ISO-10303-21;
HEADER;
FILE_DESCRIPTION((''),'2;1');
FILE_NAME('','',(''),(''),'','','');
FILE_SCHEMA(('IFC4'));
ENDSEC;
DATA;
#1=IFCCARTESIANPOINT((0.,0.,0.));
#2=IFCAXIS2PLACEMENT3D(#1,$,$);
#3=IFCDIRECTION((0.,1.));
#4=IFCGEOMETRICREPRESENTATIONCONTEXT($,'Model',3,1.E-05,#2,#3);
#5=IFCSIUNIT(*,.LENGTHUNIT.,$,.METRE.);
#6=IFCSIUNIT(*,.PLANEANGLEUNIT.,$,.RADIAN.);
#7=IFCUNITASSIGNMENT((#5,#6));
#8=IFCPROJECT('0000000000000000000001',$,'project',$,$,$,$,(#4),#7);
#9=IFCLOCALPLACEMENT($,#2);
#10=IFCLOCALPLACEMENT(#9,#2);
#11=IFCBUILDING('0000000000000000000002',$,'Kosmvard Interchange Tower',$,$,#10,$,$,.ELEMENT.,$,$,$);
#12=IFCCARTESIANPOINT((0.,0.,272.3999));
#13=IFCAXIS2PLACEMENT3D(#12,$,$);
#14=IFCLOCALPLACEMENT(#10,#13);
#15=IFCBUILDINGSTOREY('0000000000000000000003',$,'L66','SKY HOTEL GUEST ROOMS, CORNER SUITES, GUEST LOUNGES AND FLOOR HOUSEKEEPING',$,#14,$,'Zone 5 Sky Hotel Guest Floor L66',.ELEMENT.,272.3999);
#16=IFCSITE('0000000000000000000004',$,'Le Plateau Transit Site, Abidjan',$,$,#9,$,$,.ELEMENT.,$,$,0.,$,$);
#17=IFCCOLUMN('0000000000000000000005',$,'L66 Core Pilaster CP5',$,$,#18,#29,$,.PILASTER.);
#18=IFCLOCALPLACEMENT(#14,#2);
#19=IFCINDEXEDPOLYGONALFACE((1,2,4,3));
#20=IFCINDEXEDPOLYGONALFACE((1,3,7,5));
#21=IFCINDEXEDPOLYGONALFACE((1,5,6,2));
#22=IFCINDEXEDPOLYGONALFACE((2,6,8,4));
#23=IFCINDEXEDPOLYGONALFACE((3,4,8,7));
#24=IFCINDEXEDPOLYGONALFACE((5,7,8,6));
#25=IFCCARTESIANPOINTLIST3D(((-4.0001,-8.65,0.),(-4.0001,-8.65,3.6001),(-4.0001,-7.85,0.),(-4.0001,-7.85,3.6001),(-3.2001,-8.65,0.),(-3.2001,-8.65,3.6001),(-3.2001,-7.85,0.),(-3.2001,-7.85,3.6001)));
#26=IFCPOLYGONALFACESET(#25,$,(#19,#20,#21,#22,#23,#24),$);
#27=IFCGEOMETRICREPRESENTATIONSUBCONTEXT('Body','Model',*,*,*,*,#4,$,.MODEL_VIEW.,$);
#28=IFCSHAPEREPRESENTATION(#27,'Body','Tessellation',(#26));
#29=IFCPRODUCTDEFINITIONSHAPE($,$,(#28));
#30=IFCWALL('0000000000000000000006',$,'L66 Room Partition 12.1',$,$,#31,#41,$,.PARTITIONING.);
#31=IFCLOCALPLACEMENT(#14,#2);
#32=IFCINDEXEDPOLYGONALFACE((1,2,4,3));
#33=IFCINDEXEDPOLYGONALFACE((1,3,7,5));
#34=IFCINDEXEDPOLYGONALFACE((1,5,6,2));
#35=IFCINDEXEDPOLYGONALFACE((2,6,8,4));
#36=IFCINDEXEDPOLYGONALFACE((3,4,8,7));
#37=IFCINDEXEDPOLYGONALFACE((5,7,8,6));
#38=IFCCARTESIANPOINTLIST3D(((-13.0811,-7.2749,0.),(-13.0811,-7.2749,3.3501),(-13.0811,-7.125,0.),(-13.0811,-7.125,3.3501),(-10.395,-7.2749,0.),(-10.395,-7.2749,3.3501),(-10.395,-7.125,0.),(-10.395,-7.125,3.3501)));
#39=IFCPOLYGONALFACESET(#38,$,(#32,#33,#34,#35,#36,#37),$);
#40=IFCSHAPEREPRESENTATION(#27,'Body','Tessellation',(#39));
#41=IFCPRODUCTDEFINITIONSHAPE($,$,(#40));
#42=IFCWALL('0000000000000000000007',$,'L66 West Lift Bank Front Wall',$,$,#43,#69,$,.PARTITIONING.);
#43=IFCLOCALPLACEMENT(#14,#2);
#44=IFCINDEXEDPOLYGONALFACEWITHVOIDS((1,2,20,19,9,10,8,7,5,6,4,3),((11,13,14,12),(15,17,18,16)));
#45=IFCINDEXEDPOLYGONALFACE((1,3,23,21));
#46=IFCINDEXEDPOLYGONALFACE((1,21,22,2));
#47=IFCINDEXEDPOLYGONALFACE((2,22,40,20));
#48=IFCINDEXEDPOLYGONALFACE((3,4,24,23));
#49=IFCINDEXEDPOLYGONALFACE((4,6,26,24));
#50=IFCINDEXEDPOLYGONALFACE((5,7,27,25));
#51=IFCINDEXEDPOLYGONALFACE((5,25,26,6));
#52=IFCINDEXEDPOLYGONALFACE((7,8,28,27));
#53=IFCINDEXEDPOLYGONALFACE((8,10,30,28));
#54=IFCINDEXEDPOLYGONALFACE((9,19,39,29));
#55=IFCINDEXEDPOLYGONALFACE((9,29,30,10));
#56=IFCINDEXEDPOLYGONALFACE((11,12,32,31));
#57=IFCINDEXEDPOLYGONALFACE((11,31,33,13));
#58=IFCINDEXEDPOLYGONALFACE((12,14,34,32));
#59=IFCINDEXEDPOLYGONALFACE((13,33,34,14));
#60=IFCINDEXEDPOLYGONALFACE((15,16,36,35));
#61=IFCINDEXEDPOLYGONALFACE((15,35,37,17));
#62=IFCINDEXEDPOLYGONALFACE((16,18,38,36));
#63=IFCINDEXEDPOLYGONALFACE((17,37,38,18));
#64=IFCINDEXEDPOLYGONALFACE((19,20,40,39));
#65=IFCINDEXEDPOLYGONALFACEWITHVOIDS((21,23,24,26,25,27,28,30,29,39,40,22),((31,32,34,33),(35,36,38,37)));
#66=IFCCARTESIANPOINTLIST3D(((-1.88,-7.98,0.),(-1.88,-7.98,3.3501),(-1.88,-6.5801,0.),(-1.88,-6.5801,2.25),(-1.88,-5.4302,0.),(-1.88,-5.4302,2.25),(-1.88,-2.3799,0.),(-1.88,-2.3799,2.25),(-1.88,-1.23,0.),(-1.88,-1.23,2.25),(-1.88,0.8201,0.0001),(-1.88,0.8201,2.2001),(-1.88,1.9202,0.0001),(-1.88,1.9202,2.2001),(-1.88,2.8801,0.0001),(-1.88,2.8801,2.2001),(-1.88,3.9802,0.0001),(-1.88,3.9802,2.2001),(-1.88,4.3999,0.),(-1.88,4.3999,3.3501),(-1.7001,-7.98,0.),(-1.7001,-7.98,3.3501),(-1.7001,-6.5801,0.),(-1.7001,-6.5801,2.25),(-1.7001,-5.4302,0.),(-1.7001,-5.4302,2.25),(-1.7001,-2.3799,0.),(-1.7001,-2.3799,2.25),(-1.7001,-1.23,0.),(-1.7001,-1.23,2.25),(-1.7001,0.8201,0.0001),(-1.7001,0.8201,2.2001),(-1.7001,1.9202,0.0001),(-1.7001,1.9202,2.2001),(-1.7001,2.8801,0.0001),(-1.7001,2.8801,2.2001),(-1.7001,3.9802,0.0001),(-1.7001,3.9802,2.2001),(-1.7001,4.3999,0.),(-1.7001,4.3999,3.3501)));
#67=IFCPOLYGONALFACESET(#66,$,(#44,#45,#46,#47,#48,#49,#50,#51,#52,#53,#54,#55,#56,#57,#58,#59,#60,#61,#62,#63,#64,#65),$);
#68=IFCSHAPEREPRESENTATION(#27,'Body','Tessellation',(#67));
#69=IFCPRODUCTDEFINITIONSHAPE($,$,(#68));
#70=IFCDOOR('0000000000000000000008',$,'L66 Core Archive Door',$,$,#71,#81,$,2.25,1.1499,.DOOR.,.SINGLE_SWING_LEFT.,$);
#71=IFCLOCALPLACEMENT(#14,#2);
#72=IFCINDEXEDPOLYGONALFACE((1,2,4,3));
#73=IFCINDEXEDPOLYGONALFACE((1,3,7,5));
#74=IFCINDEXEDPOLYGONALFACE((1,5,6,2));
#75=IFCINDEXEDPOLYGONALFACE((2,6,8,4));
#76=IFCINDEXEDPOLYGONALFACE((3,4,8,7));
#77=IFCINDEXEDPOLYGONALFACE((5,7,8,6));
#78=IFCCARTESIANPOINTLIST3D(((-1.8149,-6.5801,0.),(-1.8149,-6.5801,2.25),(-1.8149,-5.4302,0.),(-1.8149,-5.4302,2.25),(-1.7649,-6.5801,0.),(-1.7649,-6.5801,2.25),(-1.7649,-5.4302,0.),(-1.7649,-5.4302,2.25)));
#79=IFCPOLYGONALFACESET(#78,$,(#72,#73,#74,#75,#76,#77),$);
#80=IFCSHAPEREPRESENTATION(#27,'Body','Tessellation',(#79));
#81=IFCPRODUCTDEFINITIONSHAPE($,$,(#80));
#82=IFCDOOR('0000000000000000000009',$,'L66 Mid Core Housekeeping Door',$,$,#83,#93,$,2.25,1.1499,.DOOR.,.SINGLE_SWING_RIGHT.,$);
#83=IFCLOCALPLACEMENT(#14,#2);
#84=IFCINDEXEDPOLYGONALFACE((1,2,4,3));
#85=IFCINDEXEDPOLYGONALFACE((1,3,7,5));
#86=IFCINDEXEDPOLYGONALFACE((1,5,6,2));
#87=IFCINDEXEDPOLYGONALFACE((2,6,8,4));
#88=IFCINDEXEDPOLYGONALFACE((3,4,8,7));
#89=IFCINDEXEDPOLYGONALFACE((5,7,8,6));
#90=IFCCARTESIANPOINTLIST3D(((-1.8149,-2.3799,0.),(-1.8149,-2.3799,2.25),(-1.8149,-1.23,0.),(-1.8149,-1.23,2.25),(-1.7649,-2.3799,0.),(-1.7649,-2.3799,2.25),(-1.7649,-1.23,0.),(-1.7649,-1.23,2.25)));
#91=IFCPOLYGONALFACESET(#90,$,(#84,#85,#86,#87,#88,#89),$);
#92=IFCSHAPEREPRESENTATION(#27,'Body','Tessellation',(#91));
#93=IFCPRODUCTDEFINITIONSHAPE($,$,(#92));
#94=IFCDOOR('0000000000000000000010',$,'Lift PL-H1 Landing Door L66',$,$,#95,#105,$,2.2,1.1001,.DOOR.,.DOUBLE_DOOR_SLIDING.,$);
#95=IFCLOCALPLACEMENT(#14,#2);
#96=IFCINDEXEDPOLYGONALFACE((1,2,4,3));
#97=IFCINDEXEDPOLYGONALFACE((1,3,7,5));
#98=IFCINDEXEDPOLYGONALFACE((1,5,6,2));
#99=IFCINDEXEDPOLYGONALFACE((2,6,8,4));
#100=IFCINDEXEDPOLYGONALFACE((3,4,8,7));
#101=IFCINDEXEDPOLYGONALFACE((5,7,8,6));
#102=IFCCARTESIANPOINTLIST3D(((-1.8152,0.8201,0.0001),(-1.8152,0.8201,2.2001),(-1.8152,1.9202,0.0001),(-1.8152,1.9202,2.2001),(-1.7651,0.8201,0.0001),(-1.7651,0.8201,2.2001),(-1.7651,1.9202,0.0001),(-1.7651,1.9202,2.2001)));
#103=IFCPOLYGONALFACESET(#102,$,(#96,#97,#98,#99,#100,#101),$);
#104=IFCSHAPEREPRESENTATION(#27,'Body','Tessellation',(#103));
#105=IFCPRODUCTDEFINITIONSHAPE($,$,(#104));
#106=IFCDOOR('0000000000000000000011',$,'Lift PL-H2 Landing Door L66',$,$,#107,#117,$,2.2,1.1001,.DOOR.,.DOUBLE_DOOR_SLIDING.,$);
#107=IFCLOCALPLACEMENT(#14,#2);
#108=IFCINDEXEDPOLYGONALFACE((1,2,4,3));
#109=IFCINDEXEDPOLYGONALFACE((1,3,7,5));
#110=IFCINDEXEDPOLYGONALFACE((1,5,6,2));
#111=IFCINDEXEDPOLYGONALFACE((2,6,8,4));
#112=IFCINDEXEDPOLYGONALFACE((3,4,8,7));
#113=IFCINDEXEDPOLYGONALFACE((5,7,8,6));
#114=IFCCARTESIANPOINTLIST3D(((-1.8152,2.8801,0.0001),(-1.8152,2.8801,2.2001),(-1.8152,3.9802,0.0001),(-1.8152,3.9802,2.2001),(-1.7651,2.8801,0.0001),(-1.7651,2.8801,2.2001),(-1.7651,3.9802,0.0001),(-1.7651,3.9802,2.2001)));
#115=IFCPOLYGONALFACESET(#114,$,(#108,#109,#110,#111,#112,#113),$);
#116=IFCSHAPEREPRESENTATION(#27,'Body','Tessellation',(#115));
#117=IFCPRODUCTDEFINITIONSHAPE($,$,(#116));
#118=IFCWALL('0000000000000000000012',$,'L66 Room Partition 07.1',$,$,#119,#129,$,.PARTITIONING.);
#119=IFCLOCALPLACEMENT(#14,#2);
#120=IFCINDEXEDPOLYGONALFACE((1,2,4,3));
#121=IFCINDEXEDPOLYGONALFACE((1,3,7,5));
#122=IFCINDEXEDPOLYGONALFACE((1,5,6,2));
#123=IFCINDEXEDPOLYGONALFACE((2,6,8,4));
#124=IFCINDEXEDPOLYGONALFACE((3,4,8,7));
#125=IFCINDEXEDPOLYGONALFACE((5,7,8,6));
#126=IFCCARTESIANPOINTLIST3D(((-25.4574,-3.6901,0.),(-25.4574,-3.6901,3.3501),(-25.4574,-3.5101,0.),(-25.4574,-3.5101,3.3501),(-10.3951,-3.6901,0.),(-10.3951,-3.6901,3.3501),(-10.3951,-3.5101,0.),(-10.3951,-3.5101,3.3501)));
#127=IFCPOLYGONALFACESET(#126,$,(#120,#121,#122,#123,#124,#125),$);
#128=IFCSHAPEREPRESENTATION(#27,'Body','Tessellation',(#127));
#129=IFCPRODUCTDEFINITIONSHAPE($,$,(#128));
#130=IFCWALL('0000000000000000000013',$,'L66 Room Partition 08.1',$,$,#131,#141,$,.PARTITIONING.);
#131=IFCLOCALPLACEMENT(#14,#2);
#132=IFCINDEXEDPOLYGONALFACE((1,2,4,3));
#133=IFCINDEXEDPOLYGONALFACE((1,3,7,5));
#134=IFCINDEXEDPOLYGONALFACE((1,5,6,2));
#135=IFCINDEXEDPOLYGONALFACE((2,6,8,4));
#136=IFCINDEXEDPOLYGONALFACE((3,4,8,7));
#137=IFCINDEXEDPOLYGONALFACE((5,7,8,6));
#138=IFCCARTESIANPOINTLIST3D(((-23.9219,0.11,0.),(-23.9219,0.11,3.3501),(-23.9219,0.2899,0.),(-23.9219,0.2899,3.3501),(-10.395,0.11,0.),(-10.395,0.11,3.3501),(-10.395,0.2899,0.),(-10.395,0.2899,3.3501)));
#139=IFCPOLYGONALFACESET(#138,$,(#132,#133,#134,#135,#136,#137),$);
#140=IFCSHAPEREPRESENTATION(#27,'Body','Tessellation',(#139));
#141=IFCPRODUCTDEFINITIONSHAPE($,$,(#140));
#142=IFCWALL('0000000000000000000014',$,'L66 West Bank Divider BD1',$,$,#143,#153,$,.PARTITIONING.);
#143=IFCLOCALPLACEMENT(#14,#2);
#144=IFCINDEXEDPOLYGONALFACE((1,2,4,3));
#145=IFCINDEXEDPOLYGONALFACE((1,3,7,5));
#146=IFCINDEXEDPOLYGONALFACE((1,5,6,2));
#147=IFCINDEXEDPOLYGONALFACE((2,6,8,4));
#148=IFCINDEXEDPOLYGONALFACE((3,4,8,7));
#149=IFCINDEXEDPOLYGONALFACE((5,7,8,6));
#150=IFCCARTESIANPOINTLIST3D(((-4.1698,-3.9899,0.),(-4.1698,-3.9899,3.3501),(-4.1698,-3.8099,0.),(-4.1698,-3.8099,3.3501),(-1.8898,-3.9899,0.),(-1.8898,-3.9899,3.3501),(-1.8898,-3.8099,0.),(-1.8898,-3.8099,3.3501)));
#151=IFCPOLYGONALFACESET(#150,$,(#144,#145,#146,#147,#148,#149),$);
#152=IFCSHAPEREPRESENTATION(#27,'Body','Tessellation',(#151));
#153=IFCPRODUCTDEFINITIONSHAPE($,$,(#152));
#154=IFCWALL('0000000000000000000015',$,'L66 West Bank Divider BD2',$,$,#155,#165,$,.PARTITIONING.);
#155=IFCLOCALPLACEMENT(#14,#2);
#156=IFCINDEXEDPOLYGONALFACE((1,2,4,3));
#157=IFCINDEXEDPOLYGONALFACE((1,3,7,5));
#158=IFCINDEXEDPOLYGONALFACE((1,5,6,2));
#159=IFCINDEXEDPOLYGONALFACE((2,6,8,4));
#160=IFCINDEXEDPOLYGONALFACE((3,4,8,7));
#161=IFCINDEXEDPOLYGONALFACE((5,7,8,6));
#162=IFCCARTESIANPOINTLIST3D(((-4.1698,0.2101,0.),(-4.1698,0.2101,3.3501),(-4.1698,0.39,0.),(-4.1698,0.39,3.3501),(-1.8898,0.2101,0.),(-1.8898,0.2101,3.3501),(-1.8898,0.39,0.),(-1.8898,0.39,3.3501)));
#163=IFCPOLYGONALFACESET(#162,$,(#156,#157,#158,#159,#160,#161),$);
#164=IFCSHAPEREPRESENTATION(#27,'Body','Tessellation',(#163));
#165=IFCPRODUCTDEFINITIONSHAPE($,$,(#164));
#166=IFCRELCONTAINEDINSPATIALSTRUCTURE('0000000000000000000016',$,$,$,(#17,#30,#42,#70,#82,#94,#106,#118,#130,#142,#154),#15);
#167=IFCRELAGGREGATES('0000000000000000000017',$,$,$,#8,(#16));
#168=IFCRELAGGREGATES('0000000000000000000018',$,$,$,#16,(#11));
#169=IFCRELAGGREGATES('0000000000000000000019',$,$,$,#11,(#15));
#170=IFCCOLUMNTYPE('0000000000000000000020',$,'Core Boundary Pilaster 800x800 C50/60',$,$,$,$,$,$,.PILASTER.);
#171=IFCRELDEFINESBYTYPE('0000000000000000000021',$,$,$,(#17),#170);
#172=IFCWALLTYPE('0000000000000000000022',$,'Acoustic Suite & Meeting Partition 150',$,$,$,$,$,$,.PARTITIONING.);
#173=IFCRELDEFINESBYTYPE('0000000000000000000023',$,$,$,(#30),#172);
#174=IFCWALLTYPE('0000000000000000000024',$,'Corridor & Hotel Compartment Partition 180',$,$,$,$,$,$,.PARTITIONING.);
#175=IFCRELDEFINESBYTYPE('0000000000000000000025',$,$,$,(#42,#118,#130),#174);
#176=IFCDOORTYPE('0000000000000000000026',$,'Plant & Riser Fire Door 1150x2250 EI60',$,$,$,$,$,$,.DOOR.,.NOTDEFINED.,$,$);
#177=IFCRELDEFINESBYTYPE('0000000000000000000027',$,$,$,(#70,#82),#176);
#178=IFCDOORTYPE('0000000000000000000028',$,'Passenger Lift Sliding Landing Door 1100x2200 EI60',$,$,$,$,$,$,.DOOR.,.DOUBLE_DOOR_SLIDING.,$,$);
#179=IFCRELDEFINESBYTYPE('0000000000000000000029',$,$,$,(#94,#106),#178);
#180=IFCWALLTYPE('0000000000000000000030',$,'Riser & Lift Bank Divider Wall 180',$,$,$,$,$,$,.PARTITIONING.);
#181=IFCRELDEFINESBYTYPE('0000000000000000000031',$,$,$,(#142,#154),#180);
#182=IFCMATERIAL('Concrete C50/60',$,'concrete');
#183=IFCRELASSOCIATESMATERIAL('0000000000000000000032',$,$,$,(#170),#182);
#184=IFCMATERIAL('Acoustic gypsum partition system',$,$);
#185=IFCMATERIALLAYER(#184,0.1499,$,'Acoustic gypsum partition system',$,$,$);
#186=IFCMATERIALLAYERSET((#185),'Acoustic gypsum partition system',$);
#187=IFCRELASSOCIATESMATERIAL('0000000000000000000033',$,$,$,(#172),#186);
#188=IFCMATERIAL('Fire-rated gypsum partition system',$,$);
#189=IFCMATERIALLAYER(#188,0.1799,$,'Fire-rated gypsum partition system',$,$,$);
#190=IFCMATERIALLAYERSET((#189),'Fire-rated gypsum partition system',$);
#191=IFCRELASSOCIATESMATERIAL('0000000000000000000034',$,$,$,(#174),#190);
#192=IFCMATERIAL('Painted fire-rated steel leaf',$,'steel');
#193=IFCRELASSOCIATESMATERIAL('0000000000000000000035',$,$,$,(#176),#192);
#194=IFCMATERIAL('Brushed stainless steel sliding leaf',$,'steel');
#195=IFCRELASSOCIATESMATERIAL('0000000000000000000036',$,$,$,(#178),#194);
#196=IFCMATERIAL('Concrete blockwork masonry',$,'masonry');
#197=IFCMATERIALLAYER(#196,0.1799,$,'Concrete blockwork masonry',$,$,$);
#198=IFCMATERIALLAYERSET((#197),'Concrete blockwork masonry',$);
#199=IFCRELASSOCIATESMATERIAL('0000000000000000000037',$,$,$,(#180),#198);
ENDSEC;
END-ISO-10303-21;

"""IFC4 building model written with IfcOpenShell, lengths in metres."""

from ifc_helpers import new_model, si_unit, direction, frame, frame_2d, origin, origin_2d, place, context, subcontext, project, spatial, rectangle, extrude, source, transform, mapped, material, layer, layer_set, material_profile, profile_set, type_object, element, fill, save


model = new_model("IFC4")

# Units and contexts
model_context = context("Model", 3, precision=1e-05, world=origin(), true_north=direction((0.0, 1.0)))
body_context = subcontext(model_context, "Body", "Model", "MODEL_VIEW")
ifc_project = project(units=[si_unit("LENGTHUNIT", "METRE"), si_unit("PLANEANGLEUNIT", "RADIAN")], contexts=[model_context])

# Site, building, storey
site_placement = place(None, origin())
site = spatial("IfcSite", under=ifc_project, at=site_placement, Name="Le Plateau Transit Site, Abidjan", CompositionType="ELEMENT", RefElevation=0.0)
building_placement = place(site_placement, origin())
building = spatial("IfcBuilding", under=site, at=building_placement, Name="Kosmvard Interchange Tower", CompositionType="ELEMENT")
storey_placement = place(building_placement, frame((0.0, 0.0, 272.3999)))
storey = spatial("IfcBuildingStorey", under=building, at=storey_placement, Name="L66", Description="SKY HOTEL GUEST ROOMS, CORNER SUITES, GUEST LOUNGES AND FLOOR HOUSEKEEPING", LongName="Zone 5 Sky Hotel Guest Floor L66", CompositionType="ELEMENT", Elevation=272.3999)

# Column
ifc_material_1 = material(Name="Concrete C50/60", Category="concrete")
ifc_material_profile = material_profile(ifc_material_1, rectangle(XDim=0.8, YDim=0.8, at=origin_2d()), Name="CP 800x800")
ifc_profile_set = profile_set([ifc_material_profile], Name="Concrete C50/60")
column_type = type_object("IfcColumnType", Name="Core Boundary Pilaster 800x800 C50/60", PredefinedType="PILASTER", material=ifc_profile_set)
shared_shape_1 = source(origin(), body_context, "Body", "SweptSolid", [
    extrude(rectangle(XDim=0.8, YDim=0.8, at=origin_2d()), origin(), (0.0, 0.0, 1.0), 3.6001),
])
column_placement = place(storey_placement, frame((-3.6001, -8.25, 0.0), z_axis=(0.0, 0.0, 1.0), x_axis=(1.0, 0.0, 0.0)))
element("IfcColumn", 1, at=column_placement, inside=storey, type_object=column_type, Name="L66 Core Pilaster CP5", PredefinedType="PILASTER", context=body_context, shape_type="MappedRepresentation", body=[
    mapped(shared_shape_1, transform((0.0, 0.0, 0.0), scale=1.0)),
])

# Wall
ifc_material_2 = material(Name="Acoustic gypsum partition system")
ifc_layer_1 = layer(ifc_material_2, 0.1499, Name="Acoustic gypsum partition system")
ifc_layer_set_1 = layer_set([ifc_layer_1], Name="Acoustic gypsum partition system")
wall_type_1 = type_object("IfcWallType", Name="Acoustic Suite & Meeting Partition 150", PredefinedType="PARTITIONING", material=ifc_layer_set_1)
wall_1_placement = place(storey_placement, frame((-10.395, -7.2, 0.0), z_axis=(0.0, 0.0, 1.0), x_axis=(-1.0, 0.0, 0.0)))
element("IfcWall", 2, at=wall_1_placement, inside=storey, type_object=wall_type_1, Name="L66 Room Partition 12.1", PredefinedType="PARTITIONING", context=body_context, shape_type="SweptSolid", body=[
    extrude(rectangle(XDim=2.686, YDim=0.1499, at=frame_2d((1.343, 0.0))), origin(), (0.0, 0.0, 1.0), 3.3501),
])

# Wall, openings, doors
ifc_material_3 = material(Name="Fire-rated gypsum partition system")
ifc_layer_2 = layer(ifc_material_3, 0.1799, Name="Fire-rated gypsum partition system")
ifc_layer_set_2 = layer_set([ifc_layer_2], Name="Fire-rated gypsum partition system")
wall_type_2 = type_object("IfcWallType", Name="Corridor & Hotel Compartment Partition 180", PredefinedType="PARTITIONING", material=ifc_layer_set_2)
wall_2_placement = place(storey_placement, frame((-1.79, -7.98, 0.0), z_axis=(0.0, 0.0, 1.0), x_axis=(0.0, 1.0, 0.0)))
wall_2 = element("IfcWall", 3, at=wall_2_placement, inside=storey, type_object=wall_type_2, Name="L66 West Lift Bank Front Wall", PredefinedType="PARTITIONING", context=body_context, shape_type="SweptSolid", body=[
    extrude(rectangle(XDim=12.3799, YDim=0.1799, at=frame_2d((6.1899, 0.0))), origin(), (0.0, 0.0, 1.0), 3.3501),
])
opening_1_placement = place(wall_2_placement, frame((8.8, 0.0, 0.0)))
opening_1 = element("IfcOpeningElement", 4, at=opening_1_placement, cuts=wall_2, PredefinedType="OPENING", context=body_context, shape_type="SweptSolid", body=[
    extrude(rectangle(XDim=1.1001, YDim=2.2, at=frame_2d((0.55, 1.1001))), frame((0.0, 0.1001, 0.0), z_axis=(0.0, -1.0, 0.0), x_axis=(1.0, 0.0, 0.0)), (0.0, 0.0, 1.0), 0.2),
])
opening_2_placement = place(wall_2_placement, frame((10.8601, 0.0, 0.0)))
opening_2 = element("IfcOpeningElement", 5, at=opening_2_placement, cuts=wall_2, PredefinedType="OPENING", context=body_context, shape_type="SweptSolid", body=[
    extrude(rectangle(XDim=1.1001, YDim=2.2, at=frame_2d((0.55, 1.1001))), frame((0.0, 0.1001, 0.0), z_axis=(0.0, -1.0, 0.0), x_axis=(1.0, 0.0, 0.0)), (0.0, 0.0, 1.0), 0.2),
])
opening_3_placement = place(wall_2_placement, frame((1.3999, 0.0, 0.0)))
opening_3 = element("IfcOpeningElement", 6, at=opening_3_placement, cuts=wall_2, PredefinedType="OPENING", context=body_context, shape_type="SweptSolid", body=[
    extrude(rectangle(XDim=1.1499, YDim=2.25, at=frame_2d((0.575, 1.125))), frame((0.0, 0.1001, 0.0), z_axis=(0.0, -1.0, 0.0), x_axis=(1.0, 0.0, 0.0)), (0.0, 0.0, 1.0), 0.2),
])
opening_4_placement = place(wall_2_placement, frame((5.6001, 0.0, 0.0)))
opening_4 = element("IfcOpeningElement", 7, at=opening_4_placement, cuts=wall_2, PredefinedType="OPENING", context=body_context, shape_type="SweptSolid", body=[
    extrude(rectangle(XDim=1.1499, YDim=2.25, at=frame_2d((0.575, 1.125))), frame((0.0, 0.1001, 0.0), z_axis=(0.0, -1.0, 0.0), x_axis=(1.0, 0.0, 0.0)), (0.0, 0.0, 1.0), 0.2),
])
ifc_material_4 = material(Name="Painted fire-rated steel leaf", Category="steel")
door_type_1 = type_object("IfcDoorType", Name="Plant & Riser Fire Door 1150x2250 EI60", OperationType="NOTDEFINED", PredefinedType="DOOR", material=ifc_material_4)
shared_shape_2 = source(origin(), body_context, "Body", "SweptSolid", [
    extrude(rectangle(XDim=1.1499, YDim=2.25, at=frame_2d((0.575, 1.125))), frame((0.0, 0.0249, 0.0), z_axis=(0.0, -1.0, 0.0), x_axis=(1.0, 0.0, 0.0)), (0.0, 0.0, 1.0), 0.05),
])
door_1_placement = place(opening_3_placement, origin())
door_1 = element("IfcDoor", 8, at=door_1_placement, inside=storey, type_object=door_type_1, Name="L66 Core Archive Door", OperationType="SINGLE_SWING_LEFT", OverallHeight=2.25, OverallWidth=1.1499, PredefinedType="DOOR", context=body_context, shape_type="MappedRepresentation", body=[
    mapped(shared_shape_2, transform((0.0, 0.0, 0.0), scale=1.0)),
])
fill(opening_3, door_1)
door_2_placement = place(opening_4_placement, origin())
door_2 = element("IfcDoor", 9, at=door_2_placement, inside=storey, type_object=door_type_1, Name="L66 Mid Core Housekeeping Door", OperationType="SINGLE_SWING_RIGHT", OverallHeight=2.25, OverallWidth=1.1499, PredefinedType="DOOR", context=body_context, shape_type="MappedRepresentation", body=[
    mapped(shared_shape_2, transform((0.0, 0.0, 0.0), scale=1.0)),
])
fill(opening_4, door_2)
ifc_material_5 = material(Name="Brushed stainless steel sliding leaf", Category="steel")
door_type_2 = type_object("IfcDoorType", Name="Passenger Lift Sliding Landing Door 1100x2200 EI60", OperationType="DOUBLE_DOOR_SLIDING", PredefinedType="DOOR", material=ifc_material_5)
shared_shape_3 = source(origin(), body_context, "Body", "SweptSolid", [
    extrude(rectangle(XDim=1.1001, YDim=2.2, at=frame_2d((0.55, 1.1001))), frame((0.0, 0.0249, 0.0), z_axis=(0.0, -1.0, 0.0), x_axis=(1.0, 0.0, 0.0)), (0.0, 0.0, 1.0), 0.05),
])
door_3_placement = place(opening_1_placement, frame((1.1001, 0.0, 0.0), z_axis=(0.0, 0.0, 1.0), x_axis=(-1.0, 0.0, 0.0)))
door_3 = element("IfcDoor", 10, at=door_3_placement, inside=storey, type_object=door_type_2, Name="Lift PL-H1 Landing Door L66", OperationType="DOUBLE_DOOR_SLIDING", OverallHeight=2.2, OverallWidth=1.1001, PredefinedType="DOOR", context=body_context, shape_type="MappedRepresentation", body=[
    mapped(shared_shape_3, transform((0.0, 0.0, 0.0), scale=1.0)),
])
fill(opening_1, door_3)
door_4_placement = place(opening_2_placement, frame((1.1001, 0.0, 0.0), z_axis=(0.0, 0.0, 1.0), x_axis=(-1.0, 0.0, 0.0)))
door_4 = element("IfcDoor", 11, at=door_4_placement, inside=storey, type_object=door_type_2, Name="Lift PL-H2 Landing Door L66", OperationType="DOUBLE_DOOR_SLIDING", OverallHeight=2.2, OverallWidth=1.1001, PredefinedType="DOOR", context=body_context, shape_type="MappedRepresentation", body=[
    mapped(shared_shape_3, transform((0.0, 0.0, 0.0), scale=1.0)),
])
fill(opening_2, door_4)

# Walls
wall_3_placement = place(storey_placement, frame((-10.395, -3.6001, 0.0), z_axis=(0.0, 0.0, 1.0), x_axis=(-1.0, 0.0, 0.0)))
element("IfcWall", 12, at=wall_3_placement, inside=storey, type_object=wall_type_2, Name="L66 Room Partition 07.1", PredefinedType="PARTITIONING", context=body_context, shape_type="SweptSolid", body=[
    extrude(rectangle(XDim=15.0623, YDim=0.1799, at=frame_2d((7.5312, 0.0))), origin(), (0.0, 0.0, 1.0), 3.3501),
])
wall_4_placement = place(storey_placement, frame((-10.395, 0.2, 0.0), z_axis=(0.0, 0.0, 1.0), x_axis=(-1.0, 0.0, 0.0)))
element("IfcWall", 13, at=wall_4_placement, inside=storey, type_object=wall_type_2, Name="L66 Room Partition 08.1", PredefinedType="PARTITIONING", context=body_context, shape_type="SweptSolid", body=[
    extrude(rectangle(XDim=13.5269, YDim=0.1799, at=frame_2d((6.7634, 0.0))), origin(), (0.0, 0.0, 1.0), 3.3501),
])
ifc_material_6 = material(Name="Concrete blockwork masonry", Category="masonry")
ifc_layer_3 = layer(ifc_material_6, 0.1799, Name="Concrete blockwork masonry")
ifc_layer_set_3 = layer_set([ifc_layer_3], Name="Concrete blockwork masonry")
wall_type_3 = type_object("IfcWallType", Name="Riser & Lift Bank Divider Wall 180", PredefinedType="PARTITIONING", material=ifc_layer_set_3)
for number, where, z_axis, x_axis, name in (
    (14, (-4.1699, -3.8999, 0.0), (0.0, 0.0, 1.0), (1.0, 0.0, 0.0), "L66 West Bank Divider BD1"),
    (15, (-4.1699, 0.3, 0.0), (0.0, 0.0, 1.0), (1.0, 0.0, 0.0), "L66 West Bank Divider BD2"),
):
    element("IfcWall", number, at=place(storey_placement, frame(where, z_axis=z_axis, x_axis=x_axis)), inside=storey, type_object=wall_type_3, Name=name, PredefinedType="PARTITIONING", context=body_context, shape_type="SweptSolid", body=[
        extrude(rectangle(XDim=2.28, YDim=0.1799, at=frame_2d((1.1401, 0.0))), origin(), (0.0, 0.0, 1.0), 3.3501),
    ])

save(model, "model.ifc")
